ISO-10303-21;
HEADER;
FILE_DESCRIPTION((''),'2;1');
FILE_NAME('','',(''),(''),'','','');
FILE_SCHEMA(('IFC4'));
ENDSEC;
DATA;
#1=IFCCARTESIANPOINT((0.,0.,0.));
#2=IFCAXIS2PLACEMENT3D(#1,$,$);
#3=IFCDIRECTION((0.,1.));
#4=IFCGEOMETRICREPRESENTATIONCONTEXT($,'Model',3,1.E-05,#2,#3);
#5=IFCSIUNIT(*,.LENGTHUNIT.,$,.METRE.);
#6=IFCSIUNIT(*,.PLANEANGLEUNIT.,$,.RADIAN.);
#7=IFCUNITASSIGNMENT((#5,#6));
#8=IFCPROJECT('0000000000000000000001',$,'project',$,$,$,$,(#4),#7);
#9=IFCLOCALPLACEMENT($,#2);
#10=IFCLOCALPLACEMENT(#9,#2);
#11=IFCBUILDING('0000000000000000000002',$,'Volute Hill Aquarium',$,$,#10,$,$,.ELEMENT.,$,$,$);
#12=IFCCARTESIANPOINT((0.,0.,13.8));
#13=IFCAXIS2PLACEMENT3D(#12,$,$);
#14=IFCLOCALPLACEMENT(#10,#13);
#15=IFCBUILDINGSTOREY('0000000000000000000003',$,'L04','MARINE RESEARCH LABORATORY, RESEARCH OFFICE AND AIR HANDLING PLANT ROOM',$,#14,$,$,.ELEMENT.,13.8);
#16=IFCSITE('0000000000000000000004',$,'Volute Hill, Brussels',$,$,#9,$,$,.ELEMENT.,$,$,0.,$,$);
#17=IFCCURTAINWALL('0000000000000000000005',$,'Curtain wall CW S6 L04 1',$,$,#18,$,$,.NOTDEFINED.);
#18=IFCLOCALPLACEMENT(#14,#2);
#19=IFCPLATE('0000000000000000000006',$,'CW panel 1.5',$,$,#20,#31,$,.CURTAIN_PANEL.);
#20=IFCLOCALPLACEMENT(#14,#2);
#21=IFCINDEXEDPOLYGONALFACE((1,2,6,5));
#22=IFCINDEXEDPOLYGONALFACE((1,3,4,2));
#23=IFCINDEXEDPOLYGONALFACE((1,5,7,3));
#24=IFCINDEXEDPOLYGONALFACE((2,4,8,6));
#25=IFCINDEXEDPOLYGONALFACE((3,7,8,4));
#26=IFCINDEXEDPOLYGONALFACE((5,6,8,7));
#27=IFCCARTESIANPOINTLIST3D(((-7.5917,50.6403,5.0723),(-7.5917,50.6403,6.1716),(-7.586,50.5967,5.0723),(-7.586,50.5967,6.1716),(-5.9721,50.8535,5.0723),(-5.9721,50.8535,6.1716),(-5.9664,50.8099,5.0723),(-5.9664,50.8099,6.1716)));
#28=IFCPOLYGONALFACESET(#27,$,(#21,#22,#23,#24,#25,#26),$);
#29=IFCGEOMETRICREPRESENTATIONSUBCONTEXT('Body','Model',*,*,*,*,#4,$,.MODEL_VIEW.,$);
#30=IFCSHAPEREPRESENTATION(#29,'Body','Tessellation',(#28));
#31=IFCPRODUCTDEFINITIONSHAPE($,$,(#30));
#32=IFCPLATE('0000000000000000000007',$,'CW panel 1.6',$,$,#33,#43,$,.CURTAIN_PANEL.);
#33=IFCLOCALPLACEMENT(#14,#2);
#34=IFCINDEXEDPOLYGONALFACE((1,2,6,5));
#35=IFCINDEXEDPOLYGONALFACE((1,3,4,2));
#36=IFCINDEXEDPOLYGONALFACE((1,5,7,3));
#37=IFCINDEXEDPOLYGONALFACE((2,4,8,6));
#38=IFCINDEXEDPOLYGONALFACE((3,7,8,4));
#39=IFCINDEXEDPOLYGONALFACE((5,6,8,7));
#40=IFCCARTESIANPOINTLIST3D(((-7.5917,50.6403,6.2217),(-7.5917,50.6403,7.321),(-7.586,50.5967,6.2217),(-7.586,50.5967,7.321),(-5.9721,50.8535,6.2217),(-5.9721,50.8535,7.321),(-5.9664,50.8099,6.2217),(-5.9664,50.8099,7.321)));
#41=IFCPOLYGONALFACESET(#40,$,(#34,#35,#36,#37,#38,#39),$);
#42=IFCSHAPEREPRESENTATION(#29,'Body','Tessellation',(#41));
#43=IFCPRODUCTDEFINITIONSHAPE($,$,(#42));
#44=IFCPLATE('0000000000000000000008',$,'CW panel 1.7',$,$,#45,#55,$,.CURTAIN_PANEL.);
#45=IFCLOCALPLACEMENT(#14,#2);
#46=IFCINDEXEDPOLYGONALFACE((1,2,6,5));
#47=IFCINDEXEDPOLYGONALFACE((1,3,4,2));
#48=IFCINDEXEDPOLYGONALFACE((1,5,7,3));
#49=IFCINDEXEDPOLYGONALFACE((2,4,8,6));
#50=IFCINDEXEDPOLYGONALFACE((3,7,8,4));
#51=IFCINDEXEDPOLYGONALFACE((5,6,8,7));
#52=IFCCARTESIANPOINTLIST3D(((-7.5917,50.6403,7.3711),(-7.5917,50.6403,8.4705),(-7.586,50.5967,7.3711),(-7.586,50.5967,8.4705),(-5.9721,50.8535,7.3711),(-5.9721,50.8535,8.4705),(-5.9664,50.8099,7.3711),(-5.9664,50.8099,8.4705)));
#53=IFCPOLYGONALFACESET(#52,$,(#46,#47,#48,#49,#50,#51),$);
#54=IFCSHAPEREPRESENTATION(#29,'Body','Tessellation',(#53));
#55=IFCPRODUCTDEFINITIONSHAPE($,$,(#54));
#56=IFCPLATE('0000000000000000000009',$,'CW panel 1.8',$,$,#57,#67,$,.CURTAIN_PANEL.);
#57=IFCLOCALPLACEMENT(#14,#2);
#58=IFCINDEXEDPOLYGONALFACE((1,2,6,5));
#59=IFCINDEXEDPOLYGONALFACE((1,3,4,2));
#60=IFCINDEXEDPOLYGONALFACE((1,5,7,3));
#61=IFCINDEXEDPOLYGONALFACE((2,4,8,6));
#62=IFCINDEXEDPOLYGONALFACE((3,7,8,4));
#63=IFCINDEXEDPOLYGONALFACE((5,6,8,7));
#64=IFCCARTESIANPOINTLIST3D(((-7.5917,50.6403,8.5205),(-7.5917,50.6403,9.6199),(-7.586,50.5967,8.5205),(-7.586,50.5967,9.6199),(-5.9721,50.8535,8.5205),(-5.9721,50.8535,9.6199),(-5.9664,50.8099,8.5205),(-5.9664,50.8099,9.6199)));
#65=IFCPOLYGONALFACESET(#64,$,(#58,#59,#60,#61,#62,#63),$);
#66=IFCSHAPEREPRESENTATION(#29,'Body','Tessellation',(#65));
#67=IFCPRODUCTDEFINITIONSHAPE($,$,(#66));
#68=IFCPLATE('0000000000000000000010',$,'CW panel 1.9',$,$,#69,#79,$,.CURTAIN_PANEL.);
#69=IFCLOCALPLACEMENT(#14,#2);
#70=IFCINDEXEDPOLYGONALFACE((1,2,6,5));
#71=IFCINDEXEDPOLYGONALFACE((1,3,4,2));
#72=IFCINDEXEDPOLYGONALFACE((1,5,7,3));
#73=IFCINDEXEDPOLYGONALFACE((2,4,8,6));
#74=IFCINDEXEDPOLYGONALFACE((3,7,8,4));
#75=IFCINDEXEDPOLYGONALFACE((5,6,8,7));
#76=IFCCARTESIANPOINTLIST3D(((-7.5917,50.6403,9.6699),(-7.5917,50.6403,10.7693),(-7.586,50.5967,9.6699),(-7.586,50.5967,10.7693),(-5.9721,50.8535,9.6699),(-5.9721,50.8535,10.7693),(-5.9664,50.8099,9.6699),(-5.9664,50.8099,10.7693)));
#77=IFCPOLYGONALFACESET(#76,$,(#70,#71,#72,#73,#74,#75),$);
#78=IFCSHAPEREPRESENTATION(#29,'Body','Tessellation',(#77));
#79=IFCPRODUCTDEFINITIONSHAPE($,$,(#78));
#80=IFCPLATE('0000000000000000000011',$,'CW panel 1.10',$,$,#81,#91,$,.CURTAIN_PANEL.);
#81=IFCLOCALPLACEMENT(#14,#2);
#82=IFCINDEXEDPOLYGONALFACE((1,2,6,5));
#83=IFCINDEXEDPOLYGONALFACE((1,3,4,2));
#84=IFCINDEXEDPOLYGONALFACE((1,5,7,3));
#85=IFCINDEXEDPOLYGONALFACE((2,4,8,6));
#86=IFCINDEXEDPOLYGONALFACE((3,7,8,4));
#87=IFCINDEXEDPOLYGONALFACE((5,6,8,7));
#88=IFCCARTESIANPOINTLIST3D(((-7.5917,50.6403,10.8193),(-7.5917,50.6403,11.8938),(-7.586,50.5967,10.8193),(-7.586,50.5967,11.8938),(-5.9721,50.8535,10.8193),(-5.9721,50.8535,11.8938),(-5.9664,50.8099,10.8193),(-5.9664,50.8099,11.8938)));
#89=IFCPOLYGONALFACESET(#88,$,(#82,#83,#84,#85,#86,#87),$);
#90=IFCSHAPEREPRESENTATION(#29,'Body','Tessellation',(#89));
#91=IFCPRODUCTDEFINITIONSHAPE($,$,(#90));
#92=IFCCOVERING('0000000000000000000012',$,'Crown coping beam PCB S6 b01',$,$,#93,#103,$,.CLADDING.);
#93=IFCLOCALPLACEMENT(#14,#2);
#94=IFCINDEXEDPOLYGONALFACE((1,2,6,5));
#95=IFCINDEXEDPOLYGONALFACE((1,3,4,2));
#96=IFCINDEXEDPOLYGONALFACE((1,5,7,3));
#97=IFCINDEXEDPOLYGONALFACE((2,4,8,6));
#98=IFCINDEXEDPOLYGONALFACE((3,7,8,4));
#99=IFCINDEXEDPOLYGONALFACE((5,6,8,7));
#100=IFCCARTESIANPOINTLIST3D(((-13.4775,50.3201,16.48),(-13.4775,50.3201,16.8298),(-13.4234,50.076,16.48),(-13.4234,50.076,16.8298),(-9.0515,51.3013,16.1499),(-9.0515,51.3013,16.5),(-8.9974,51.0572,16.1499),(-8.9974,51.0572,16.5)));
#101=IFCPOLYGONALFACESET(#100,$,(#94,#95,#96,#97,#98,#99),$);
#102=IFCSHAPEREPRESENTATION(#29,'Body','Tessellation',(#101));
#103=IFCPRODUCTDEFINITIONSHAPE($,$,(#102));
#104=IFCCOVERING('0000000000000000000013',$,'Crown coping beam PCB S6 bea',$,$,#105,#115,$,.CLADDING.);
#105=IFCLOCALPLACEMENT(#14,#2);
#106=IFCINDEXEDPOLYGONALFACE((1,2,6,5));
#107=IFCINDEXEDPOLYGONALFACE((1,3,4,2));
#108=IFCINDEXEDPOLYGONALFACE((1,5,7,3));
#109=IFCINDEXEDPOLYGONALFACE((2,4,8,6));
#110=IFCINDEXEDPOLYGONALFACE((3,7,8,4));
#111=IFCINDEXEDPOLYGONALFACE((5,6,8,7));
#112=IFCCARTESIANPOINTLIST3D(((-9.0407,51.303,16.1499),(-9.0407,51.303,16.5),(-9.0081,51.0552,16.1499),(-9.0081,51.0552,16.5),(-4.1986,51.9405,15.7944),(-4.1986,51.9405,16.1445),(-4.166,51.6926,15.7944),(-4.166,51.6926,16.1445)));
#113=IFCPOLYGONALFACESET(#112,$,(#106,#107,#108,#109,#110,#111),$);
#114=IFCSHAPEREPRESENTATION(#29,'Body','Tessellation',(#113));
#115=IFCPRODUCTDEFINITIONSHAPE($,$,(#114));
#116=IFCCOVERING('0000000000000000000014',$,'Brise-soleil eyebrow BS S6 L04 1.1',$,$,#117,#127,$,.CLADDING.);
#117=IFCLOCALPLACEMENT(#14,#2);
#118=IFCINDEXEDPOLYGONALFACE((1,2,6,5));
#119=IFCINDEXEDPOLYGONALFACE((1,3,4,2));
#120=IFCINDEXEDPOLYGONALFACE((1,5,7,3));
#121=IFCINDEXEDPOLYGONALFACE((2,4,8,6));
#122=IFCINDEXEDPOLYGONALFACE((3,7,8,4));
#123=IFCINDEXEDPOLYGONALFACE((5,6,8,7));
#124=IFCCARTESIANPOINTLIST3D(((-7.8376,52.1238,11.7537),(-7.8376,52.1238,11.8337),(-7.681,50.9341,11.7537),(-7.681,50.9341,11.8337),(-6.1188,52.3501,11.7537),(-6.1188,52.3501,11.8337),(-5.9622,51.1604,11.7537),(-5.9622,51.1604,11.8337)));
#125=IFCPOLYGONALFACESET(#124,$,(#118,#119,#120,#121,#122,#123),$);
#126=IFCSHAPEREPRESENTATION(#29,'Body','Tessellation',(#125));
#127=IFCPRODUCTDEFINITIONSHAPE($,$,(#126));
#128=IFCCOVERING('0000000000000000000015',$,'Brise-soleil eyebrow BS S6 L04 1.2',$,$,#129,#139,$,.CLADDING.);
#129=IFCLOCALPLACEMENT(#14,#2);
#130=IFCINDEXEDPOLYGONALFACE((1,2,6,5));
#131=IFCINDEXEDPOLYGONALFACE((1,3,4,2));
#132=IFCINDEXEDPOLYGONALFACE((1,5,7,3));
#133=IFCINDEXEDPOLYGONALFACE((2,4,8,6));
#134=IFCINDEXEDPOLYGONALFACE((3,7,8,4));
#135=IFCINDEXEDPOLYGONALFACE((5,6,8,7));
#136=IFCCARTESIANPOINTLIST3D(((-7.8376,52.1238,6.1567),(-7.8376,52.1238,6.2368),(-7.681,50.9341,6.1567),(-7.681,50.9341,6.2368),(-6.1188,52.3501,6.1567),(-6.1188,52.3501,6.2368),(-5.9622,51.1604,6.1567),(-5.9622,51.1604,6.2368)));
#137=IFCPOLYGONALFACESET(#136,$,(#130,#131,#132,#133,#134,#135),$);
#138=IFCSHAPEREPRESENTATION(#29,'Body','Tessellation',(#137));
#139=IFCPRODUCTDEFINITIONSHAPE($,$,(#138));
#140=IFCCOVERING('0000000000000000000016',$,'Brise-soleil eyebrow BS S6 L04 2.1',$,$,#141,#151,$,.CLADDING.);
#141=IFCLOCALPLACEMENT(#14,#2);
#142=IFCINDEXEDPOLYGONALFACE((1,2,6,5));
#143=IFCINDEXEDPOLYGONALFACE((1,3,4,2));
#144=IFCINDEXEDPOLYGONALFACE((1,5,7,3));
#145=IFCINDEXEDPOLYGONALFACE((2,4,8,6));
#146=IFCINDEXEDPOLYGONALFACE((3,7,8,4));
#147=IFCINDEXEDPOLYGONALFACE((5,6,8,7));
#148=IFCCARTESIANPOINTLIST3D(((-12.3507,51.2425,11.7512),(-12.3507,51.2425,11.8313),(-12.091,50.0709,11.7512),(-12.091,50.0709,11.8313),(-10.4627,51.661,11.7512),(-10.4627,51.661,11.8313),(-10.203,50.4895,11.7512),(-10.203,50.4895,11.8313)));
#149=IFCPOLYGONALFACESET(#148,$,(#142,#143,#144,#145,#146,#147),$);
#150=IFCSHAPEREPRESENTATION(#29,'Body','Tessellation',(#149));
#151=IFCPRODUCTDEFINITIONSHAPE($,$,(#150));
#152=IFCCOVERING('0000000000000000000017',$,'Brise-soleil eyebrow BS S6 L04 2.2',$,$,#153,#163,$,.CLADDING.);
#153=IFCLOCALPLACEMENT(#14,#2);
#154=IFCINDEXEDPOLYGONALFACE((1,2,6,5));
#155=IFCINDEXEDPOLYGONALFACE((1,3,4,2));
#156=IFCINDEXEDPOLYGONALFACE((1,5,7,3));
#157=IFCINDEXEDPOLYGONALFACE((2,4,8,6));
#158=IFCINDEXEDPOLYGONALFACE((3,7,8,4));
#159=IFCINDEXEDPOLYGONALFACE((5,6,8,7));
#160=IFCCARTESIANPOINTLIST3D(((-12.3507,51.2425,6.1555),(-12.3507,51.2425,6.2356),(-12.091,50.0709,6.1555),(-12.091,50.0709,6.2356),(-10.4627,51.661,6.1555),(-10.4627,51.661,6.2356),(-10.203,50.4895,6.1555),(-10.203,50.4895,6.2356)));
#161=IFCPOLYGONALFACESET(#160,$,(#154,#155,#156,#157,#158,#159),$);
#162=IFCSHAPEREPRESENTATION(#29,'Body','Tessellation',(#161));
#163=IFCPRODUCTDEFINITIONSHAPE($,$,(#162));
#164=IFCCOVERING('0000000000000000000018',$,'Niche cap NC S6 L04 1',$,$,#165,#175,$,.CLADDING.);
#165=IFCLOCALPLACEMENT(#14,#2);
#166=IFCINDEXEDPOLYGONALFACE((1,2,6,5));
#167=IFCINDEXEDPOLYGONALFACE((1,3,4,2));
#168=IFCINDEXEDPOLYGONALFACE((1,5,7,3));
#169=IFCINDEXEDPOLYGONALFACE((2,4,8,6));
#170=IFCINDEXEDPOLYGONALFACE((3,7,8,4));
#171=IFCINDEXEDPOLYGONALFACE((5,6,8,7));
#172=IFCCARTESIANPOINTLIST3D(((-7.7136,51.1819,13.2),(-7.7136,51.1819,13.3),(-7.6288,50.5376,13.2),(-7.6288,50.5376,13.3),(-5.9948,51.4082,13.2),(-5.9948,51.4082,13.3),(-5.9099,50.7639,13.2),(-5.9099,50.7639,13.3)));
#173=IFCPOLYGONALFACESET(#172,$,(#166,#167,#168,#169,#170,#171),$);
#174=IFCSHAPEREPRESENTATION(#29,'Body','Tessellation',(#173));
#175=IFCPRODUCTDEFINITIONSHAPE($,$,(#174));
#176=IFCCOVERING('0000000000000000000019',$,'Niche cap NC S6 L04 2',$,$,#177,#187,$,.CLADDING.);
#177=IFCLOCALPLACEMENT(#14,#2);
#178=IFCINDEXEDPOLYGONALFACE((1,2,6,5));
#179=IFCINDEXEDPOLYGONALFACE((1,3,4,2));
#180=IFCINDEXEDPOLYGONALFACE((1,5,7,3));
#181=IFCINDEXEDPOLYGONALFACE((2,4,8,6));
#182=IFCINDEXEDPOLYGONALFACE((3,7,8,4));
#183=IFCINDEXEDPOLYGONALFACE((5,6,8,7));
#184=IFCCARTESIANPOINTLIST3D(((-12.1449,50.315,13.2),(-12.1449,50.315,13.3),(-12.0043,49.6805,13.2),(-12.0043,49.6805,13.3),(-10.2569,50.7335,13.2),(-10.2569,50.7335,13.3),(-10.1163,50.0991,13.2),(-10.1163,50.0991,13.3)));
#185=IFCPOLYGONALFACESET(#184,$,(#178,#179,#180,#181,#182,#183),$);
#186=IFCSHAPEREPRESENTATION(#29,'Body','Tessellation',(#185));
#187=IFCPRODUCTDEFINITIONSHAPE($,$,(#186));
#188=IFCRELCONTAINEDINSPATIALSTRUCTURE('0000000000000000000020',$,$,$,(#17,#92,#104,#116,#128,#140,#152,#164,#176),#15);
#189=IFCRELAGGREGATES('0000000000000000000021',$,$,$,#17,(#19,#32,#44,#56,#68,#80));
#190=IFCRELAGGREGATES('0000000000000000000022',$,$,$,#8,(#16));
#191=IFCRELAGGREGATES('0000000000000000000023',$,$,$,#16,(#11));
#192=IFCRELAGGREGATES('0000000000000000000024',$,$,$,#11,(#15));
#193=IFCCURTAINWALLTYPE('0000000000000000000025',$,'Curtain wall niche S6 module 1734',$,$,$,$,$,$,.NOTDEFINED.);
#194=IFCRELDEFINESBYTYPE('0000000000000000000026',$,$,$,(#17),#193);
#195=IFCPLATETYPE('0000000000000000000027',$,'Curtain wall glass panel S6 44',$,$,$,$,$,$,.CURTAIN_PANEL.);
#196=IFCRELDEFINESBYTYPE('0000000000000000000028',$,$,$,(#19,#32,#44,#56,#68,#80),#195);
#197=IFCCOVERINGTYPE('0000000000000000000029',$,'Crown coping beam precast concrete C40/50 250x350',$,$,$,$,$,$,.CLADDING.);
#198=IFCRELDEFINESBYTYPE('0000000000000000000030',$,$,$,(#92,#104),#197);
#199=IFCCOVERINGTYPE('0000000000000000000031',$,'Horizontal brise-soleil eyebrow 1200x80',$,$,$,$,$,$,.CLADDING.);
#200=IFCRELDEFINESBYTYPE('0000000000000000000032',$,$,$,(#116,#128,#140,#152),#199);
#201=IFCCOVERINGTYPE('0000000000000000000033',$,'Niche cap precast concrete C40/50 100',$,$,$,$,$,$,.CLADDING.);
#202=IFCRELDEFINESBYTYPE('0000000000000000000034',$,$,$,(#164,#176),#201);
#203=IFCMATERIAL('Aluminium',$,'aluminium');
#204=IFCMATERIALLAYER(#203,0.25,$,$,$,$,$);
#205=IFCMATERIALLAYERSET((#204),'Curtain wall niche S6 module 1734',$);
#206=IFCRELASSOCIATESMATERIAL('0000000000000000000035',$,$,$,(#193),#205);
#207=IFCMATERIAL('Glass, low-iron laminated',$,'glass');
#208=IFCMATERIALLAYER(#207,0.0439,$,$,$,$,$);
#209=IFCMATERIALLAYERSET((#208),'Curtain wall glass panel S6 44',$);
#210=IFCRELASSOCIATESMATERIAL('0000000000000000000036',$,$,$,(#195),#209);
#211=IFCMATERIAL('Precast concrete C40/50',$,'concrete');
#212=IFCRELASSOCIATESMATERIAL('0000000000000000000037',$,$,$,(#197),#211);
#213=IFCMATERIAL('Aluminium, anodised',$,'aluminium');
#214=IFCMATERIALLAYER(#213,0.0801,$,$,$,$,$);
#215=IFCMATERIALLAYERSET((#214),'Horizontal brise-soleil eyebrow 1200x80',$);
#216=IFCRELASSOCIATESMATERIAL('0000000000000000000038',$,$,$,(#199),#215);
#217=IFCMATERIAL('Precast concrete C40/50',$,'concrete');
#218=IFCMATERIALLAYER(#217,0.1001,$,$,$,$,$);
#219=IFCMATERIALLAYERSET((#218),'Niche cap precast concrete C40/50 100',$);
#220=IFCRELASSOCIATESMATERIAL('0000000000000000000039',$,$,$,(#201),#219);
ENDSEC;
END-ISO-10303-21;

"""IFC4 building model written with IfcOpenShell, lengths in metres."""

from ifc_helpers import new_model, si_unit, direction, frame, origin, origin_2d, place, context, subcontext, project, spatial, polyline, rectangle, outline, extrude, material, layer, layer_set, type_object, element, aggregate, save


model = new_model("IFC4")

# Units and contexts
model_context = context("Model", 3, precision=1e-05, world=origin(), true_north=direction((0.0, 1.0)))
body_context = subcontext(model_context, "Body", "Model", "MODEL_VIEW")
ifc_project = project(units=[si_unit("LENGTHUNIT", "METRE"), si_unit("PLANEANGLEUNIT", "RADIAN")], contexts=[model_context])

# Site, building, storey
site_placement = place(None, origin())
site = spatial("IfcSite", under=ifc_project, at=site_placement, Name="Volute Hill, Brussels", CompositionType="ELEMENT", RefElevation=0.0)
building_placement = place(site_placement, origin())
building = spatial("IfcBuilding", under=site, at=building_placement, Name="Volute Hill Aquarium", CompositionType="ELEMENT")
storey_placement = place(building_placement, frame((0.0, 0.0, 13.8)))
storey = spatial("IfcBuildingStorey", under=building, at=storey_placement, Name="L04", Description="MARINE RESEARCH LABORATORY, RESEARCH OFFICE AND AIR HANDLING PLANT ROOM", CompositionType="ELEMENT", Elevation=13.8)

# Curtain wall
ifc_material_1 = material(Name="Aluminium", Category="aluminium")
ifc_layer_1 = layer(ifc_material_1, 0.25)
ifc_layer_set_1 = layer_set([ifc_layer_1], Name="Curtain wall niche S6 module 1734")
curtain_wall_type_1 = type_object("IfcCurtainWallType", Name="Curtain wall niche S6 module 1734", PredefinedType="NOTDEFINED", material=ifc_layer_set_1)
curtain_wall_1_placement = place(storey_placement, origin())
curtain_wall_1 = element("IfcCurtainWall", 1, at=curtain_wall_1_placement, inside=storey, type_object=curtain_wall_type_1, Name="Curtain wall CW S6 L04 1", PredefinedType="NOTDEFINED")

# Plates
ifc_material_2 = material(Name="Glass, low-iron laminated", Category="glass")
ifc_layer_2 = layer(ifc_material_2, 0.0439)
ifc_layer_set_2 = layer_set([ifc_layer_2], Name="Curtain wall glass panel S6 44")
plate_type = type_object("IfcPlateType", Name="Curtain wall glass panel S6 44", PredefinedType="CURTAIN_PANEL", material=ifc_layer_set_2)
plate_1_placement = place(storey_placement, frame((-6.7791, 50.7251, 5.0723), z_axis=(0.0, 0.0, 1.0), x_axis=(-0.991445, -0.130524, 0.0)))
plate_1 = element("IfcPlate", 2, at=plate_1_placement, type_object=plate_type, Name="CW panel 1.5", PredefinedType="CURTAIN_PANEL", context=body_context, shape_type="SweptSolid", body=[
    extrude(rectangle(XDim=1.6335, YDim=0.0439, at=origin_2d()), origin(), (0.0, 0.0, 1.0), 1.0994),
])
plate_2_placement = place(storey_placement, frame((-6.7791, 50.7251, 6.2217), z_axis=(0.0, 0.0, 1.0), x_axis=(-0.991445, -0.130524, 0.0)))
plate_2 = element("IfcPlate", 3, at=plate_2_placement, type_object=plate_type, Name="CW panel 1.6", PredefinedType="CURTAIN_PANEL", context=body_context, shape_type="SweptSolid", body=[
    extrude(rectangle(XDim=1.6335, YDim=0.0439, at=origin_2d()), origin(), (0.0, 0.0, 1.0), 1.0994),
])
plate_3_placement = place(storey_placement, frame((-6.7791, 50.7251, 7.3711), z_axis=(0.0, 0.0, 1.0), x_axis=(-0.991445, -0.130524, 0.0)))
plate_3 = element("IfcPlate", 4, at=plate_3_placement, type_object=plate_type, Name="CW panel 1.7", PredefinedType="CURTAIN_PANEL", context=body_context, shape_type="SweptSolid", body=[
    extrude(rectangle(XDim=1.6335, YDim=0.0439, at=origin_2d()), origin(), (0.0, 0.0, 1.0), 1.0994),
])
plate_4_placement = place(storey_placement, frame((-6.7791, 50.7251, 8.5205), z_axis=(0.0, 0.0, 1.0), x_axis=(-0.991445, -0.130524, 0.0)))
plate_4 = element("IfcPlate", 5, at=plate_4_placement, type_object=plate_type, Name="CW panel 1.8", PredefinedType="CURTAIN_PANEL", context=body_context, shape_type="SweptSolid", body=[
    extrude(rectangle(XDim=1.6335, YDim=0.0439, at=origin_2d()), origin(), (0.0, 0.0, 1.0), 1.0994),
])
plate_5_placement = place(storey_placement, frame((-6.7791, 50.7251, 9.6699), z_axis=(0.0, 0.0, 1.0), x_axis=(-0.991445, -0.130524, 0.0)))
plate_5 = element("IfcPlate", 6, at=plate_5_placement, type_object=plate_type, Name="CW panel 1.9", PredefinedType="CURTAIN_PANEL", context=body_context, shape_type="SweptSolid", body=[
    extrude(rectangle(XDim=1.6335, YDim=0.0439, at=origin_2d()), origin(), (0.0, 0.0, 1.0), 1.0994),
])
plate_6_placement = place(storey_placement, frame((-6.7791, 50.7251, 10.8193), z_axis=(0.0, 0.0, 1.0), x_axis=(-0.991445, -0.130524, 0.0)))
plate_6 = element("IfcPlate", 7, at=plate_6_placement, type_object=plate_type, Name="CW panel 1.10", PredefinedType="CURTAIN_PANEL", context=body_context, shape_type="SweptSolid", body=[
    extrude(rectangle(XDim=1.6335, YDim=0.0439, at=origin_2d()), origin(), (0.0, 0.0, 1.0), 1.0745),
])
aggregate(curtain_wall_1, [plate_1, plate_2, plate_3, plate_4, plate_5, plate_6])

# Coverings
ifc_material_3 = material(Name="Precast concrete C40/50", Category="concrete")
covering_type_1 = type_object("IfcCoveringType", Name="Crown coping beam precast concrete C40/50 250x350", PredefinedType="CLADDING", material=ifc_material_3)
covering_1_placement = place(storey_placement, frame((-9.0515, 51.3013, 16.1499), z_axis=(-0.216434, 0.976297, 0.0), x_axis=(-0.97372, -0.215863, 0.072617)))
element("IfcCovering", 8, at=covering_1_placement, inside=storey, type_object=covering_type_1, Name="Crown coping beam PCB S6 b01", PredefinedType="CLADDING", context=body_context, shape_type="SweptSolid", body=[
    extrude(outline(polyline([(0.0, 0.0), (4.5455, 0.0), (4.5709, 0.3489), (0.0254, 0.3492), (0.0, 0.0)])), origin(), (0.0, 0.0, -1.0), 0.25),
])
covering_2_placement = place(storey_placement, frame((-9.0081, 51.0552, 16.1499), z_axis=(0.130523, -0.991445, 0.0), x_axis=(0.988829, 0.130179, -0.072593)))
element("IfcCovering", 9, at=covering_2_placement, inside=storey, type_object=covering_type_1, Name="Crown coping beam PCB S6 bea", PredefinedType="CLADDING", context=body_context, shape_type="SweptSolid", body=[
    extrude(outline(polyline([(0.0, 0.0), (4.8967, 0.0), (4.8713, 0.3492), (-0.0254, 0.3492), (0.0, 0.0)])), origin(), (0.0, 0.0, -1.0), 0.25),
])
ifc_material_4 = material(Name="Aluminium, anodised", Category="aluminium")
ifc_layer_3 = layer(ifc_material_4, 0.0801)
ifc_layer_set_3 = layer_set([ifc_layer_3], Name="Horizontal brise-soleil eyebrow 1200x80")
covering_type_2 = type_object("IfcCoveringType", Name="Horizontal brise-soleil eyebrow 1200x80", PredefinedType="CLADDING", material=ifc_layer_set_3)
for number, where, z_axis, x_axis, name in (
    (10, (-6.8999, 51.6421, 11.7537), (0.0, 0.0, 1.0), (-0.991445, -0.130526, 0.0), "Brise-soleil eyebrow BS S6 L04 1.1"),
    (11, (-6.8999, 51.6421, 6.1567), (0.0, 0.0, 1.0), (-0.991445, -0.130526, 0.0), "Brise-soleil eyebrow BS S6 L04 1.2"),
):
    element("IfcCovering", number, at=place(storey_placement, frame(where, z_axis=z_axis, x_axis=x_axis)), inside=storey, type_object=covering_type_2, Name=name, PredefinedType="CLADDING", context=body_context, shape_type="SweptSolid", body=[
        extrude(rectangle(XDim=1.7336, YDim=1.2, at=origin_2d()), origin(), (0.0, 0.0, 1.0), 0.0801),
    ])
for number, where, z_axis, x_axis, name in (
    (12, (-11.2769, 50.866, 11.7512), (0.0, 0.0, 1.0), (-0.976298, -0.216429, 0.0), "Brise-soleil eyebrow BS S6 L04 2.1"),
    (13, (-11.2769, 50.866, 6.1555), (0.0, 0.0, 1.0), (-0.976298, -0.216429, 0.0), "Brise-soleil eyebrow BS S6 L04 2.2"),
):
    element("IfcCovering", number, at=place(storey_placement, frame(where, z_axis=z_axis, x_axis=x_axis)), inside=storey, type_object=covering_type_2, Name=name, PredefinedType="CLADDING", context=body_context, shape_type="SweptSolid", body=[
        extrude(rectangle(XDim=1.9338, YDim=1.2, at=origin_2d()), origin(), (0.0, 0.0, 1.0), 0.0801),
    ])
ifc_material_5 = material(Name="Precast concrete C40/50", Category="concrete")
ifc_layer_4 = layer(ifc_material_5, 0.1001)
ifc_layer_set_4 = layer_set([ifc_layer_4], Name="Niche cap precast concrete C40/50 100")
covering_type_3 = type_object("IfcCoveringType", Name="Niche cap precast concrete C40/50 100", PredefinedType="CLADDING", material=ifc_layer_set_4)
covering_3_placement = place(storey_placement, frame((-6.8118, 50.9729, 13.2), z_axis=(0.0, 0.0, 1.0), x_axis=(-0.991445, -0.130526, 0.0)))
element("IfcCovering", 14, at=covering_3_placement, inside=storey, type_object=covering_type_3, Name="Niche cap NC S6 L04 1", PredefinedType="CLADDING", context=body_context, shape_type="SweptSolid", body=[
    extrude(rectangle(XDim=1.7336, YDim=0.6499, at=origin_2d()), origin(), (0.0, 0.0, 1.0), 0.1001),
])
covering_4_placement = place(storey_placement, frame((-11.1306, 50.207, 13.2), z_axis=(0.0, 0.0, 1.0), x_axis=(-0.976298, -0.216429, 0.0)))
element("IfcCovering", 15, at=covering_4_placement, inside=storey, type_object=covering_type_3, Name="Niche cap NC S6 L04 2", PredefinedType="CLADDING", context=body_context, shape_type="SweptSolid", body=[
    extrude(rectangle(XDim=1.9338, YDim=0.6499, at=origin_2d()), origin(), (0.0, 0.0, 1.0), 0.1001),
])

save(model, "model.ifc")
